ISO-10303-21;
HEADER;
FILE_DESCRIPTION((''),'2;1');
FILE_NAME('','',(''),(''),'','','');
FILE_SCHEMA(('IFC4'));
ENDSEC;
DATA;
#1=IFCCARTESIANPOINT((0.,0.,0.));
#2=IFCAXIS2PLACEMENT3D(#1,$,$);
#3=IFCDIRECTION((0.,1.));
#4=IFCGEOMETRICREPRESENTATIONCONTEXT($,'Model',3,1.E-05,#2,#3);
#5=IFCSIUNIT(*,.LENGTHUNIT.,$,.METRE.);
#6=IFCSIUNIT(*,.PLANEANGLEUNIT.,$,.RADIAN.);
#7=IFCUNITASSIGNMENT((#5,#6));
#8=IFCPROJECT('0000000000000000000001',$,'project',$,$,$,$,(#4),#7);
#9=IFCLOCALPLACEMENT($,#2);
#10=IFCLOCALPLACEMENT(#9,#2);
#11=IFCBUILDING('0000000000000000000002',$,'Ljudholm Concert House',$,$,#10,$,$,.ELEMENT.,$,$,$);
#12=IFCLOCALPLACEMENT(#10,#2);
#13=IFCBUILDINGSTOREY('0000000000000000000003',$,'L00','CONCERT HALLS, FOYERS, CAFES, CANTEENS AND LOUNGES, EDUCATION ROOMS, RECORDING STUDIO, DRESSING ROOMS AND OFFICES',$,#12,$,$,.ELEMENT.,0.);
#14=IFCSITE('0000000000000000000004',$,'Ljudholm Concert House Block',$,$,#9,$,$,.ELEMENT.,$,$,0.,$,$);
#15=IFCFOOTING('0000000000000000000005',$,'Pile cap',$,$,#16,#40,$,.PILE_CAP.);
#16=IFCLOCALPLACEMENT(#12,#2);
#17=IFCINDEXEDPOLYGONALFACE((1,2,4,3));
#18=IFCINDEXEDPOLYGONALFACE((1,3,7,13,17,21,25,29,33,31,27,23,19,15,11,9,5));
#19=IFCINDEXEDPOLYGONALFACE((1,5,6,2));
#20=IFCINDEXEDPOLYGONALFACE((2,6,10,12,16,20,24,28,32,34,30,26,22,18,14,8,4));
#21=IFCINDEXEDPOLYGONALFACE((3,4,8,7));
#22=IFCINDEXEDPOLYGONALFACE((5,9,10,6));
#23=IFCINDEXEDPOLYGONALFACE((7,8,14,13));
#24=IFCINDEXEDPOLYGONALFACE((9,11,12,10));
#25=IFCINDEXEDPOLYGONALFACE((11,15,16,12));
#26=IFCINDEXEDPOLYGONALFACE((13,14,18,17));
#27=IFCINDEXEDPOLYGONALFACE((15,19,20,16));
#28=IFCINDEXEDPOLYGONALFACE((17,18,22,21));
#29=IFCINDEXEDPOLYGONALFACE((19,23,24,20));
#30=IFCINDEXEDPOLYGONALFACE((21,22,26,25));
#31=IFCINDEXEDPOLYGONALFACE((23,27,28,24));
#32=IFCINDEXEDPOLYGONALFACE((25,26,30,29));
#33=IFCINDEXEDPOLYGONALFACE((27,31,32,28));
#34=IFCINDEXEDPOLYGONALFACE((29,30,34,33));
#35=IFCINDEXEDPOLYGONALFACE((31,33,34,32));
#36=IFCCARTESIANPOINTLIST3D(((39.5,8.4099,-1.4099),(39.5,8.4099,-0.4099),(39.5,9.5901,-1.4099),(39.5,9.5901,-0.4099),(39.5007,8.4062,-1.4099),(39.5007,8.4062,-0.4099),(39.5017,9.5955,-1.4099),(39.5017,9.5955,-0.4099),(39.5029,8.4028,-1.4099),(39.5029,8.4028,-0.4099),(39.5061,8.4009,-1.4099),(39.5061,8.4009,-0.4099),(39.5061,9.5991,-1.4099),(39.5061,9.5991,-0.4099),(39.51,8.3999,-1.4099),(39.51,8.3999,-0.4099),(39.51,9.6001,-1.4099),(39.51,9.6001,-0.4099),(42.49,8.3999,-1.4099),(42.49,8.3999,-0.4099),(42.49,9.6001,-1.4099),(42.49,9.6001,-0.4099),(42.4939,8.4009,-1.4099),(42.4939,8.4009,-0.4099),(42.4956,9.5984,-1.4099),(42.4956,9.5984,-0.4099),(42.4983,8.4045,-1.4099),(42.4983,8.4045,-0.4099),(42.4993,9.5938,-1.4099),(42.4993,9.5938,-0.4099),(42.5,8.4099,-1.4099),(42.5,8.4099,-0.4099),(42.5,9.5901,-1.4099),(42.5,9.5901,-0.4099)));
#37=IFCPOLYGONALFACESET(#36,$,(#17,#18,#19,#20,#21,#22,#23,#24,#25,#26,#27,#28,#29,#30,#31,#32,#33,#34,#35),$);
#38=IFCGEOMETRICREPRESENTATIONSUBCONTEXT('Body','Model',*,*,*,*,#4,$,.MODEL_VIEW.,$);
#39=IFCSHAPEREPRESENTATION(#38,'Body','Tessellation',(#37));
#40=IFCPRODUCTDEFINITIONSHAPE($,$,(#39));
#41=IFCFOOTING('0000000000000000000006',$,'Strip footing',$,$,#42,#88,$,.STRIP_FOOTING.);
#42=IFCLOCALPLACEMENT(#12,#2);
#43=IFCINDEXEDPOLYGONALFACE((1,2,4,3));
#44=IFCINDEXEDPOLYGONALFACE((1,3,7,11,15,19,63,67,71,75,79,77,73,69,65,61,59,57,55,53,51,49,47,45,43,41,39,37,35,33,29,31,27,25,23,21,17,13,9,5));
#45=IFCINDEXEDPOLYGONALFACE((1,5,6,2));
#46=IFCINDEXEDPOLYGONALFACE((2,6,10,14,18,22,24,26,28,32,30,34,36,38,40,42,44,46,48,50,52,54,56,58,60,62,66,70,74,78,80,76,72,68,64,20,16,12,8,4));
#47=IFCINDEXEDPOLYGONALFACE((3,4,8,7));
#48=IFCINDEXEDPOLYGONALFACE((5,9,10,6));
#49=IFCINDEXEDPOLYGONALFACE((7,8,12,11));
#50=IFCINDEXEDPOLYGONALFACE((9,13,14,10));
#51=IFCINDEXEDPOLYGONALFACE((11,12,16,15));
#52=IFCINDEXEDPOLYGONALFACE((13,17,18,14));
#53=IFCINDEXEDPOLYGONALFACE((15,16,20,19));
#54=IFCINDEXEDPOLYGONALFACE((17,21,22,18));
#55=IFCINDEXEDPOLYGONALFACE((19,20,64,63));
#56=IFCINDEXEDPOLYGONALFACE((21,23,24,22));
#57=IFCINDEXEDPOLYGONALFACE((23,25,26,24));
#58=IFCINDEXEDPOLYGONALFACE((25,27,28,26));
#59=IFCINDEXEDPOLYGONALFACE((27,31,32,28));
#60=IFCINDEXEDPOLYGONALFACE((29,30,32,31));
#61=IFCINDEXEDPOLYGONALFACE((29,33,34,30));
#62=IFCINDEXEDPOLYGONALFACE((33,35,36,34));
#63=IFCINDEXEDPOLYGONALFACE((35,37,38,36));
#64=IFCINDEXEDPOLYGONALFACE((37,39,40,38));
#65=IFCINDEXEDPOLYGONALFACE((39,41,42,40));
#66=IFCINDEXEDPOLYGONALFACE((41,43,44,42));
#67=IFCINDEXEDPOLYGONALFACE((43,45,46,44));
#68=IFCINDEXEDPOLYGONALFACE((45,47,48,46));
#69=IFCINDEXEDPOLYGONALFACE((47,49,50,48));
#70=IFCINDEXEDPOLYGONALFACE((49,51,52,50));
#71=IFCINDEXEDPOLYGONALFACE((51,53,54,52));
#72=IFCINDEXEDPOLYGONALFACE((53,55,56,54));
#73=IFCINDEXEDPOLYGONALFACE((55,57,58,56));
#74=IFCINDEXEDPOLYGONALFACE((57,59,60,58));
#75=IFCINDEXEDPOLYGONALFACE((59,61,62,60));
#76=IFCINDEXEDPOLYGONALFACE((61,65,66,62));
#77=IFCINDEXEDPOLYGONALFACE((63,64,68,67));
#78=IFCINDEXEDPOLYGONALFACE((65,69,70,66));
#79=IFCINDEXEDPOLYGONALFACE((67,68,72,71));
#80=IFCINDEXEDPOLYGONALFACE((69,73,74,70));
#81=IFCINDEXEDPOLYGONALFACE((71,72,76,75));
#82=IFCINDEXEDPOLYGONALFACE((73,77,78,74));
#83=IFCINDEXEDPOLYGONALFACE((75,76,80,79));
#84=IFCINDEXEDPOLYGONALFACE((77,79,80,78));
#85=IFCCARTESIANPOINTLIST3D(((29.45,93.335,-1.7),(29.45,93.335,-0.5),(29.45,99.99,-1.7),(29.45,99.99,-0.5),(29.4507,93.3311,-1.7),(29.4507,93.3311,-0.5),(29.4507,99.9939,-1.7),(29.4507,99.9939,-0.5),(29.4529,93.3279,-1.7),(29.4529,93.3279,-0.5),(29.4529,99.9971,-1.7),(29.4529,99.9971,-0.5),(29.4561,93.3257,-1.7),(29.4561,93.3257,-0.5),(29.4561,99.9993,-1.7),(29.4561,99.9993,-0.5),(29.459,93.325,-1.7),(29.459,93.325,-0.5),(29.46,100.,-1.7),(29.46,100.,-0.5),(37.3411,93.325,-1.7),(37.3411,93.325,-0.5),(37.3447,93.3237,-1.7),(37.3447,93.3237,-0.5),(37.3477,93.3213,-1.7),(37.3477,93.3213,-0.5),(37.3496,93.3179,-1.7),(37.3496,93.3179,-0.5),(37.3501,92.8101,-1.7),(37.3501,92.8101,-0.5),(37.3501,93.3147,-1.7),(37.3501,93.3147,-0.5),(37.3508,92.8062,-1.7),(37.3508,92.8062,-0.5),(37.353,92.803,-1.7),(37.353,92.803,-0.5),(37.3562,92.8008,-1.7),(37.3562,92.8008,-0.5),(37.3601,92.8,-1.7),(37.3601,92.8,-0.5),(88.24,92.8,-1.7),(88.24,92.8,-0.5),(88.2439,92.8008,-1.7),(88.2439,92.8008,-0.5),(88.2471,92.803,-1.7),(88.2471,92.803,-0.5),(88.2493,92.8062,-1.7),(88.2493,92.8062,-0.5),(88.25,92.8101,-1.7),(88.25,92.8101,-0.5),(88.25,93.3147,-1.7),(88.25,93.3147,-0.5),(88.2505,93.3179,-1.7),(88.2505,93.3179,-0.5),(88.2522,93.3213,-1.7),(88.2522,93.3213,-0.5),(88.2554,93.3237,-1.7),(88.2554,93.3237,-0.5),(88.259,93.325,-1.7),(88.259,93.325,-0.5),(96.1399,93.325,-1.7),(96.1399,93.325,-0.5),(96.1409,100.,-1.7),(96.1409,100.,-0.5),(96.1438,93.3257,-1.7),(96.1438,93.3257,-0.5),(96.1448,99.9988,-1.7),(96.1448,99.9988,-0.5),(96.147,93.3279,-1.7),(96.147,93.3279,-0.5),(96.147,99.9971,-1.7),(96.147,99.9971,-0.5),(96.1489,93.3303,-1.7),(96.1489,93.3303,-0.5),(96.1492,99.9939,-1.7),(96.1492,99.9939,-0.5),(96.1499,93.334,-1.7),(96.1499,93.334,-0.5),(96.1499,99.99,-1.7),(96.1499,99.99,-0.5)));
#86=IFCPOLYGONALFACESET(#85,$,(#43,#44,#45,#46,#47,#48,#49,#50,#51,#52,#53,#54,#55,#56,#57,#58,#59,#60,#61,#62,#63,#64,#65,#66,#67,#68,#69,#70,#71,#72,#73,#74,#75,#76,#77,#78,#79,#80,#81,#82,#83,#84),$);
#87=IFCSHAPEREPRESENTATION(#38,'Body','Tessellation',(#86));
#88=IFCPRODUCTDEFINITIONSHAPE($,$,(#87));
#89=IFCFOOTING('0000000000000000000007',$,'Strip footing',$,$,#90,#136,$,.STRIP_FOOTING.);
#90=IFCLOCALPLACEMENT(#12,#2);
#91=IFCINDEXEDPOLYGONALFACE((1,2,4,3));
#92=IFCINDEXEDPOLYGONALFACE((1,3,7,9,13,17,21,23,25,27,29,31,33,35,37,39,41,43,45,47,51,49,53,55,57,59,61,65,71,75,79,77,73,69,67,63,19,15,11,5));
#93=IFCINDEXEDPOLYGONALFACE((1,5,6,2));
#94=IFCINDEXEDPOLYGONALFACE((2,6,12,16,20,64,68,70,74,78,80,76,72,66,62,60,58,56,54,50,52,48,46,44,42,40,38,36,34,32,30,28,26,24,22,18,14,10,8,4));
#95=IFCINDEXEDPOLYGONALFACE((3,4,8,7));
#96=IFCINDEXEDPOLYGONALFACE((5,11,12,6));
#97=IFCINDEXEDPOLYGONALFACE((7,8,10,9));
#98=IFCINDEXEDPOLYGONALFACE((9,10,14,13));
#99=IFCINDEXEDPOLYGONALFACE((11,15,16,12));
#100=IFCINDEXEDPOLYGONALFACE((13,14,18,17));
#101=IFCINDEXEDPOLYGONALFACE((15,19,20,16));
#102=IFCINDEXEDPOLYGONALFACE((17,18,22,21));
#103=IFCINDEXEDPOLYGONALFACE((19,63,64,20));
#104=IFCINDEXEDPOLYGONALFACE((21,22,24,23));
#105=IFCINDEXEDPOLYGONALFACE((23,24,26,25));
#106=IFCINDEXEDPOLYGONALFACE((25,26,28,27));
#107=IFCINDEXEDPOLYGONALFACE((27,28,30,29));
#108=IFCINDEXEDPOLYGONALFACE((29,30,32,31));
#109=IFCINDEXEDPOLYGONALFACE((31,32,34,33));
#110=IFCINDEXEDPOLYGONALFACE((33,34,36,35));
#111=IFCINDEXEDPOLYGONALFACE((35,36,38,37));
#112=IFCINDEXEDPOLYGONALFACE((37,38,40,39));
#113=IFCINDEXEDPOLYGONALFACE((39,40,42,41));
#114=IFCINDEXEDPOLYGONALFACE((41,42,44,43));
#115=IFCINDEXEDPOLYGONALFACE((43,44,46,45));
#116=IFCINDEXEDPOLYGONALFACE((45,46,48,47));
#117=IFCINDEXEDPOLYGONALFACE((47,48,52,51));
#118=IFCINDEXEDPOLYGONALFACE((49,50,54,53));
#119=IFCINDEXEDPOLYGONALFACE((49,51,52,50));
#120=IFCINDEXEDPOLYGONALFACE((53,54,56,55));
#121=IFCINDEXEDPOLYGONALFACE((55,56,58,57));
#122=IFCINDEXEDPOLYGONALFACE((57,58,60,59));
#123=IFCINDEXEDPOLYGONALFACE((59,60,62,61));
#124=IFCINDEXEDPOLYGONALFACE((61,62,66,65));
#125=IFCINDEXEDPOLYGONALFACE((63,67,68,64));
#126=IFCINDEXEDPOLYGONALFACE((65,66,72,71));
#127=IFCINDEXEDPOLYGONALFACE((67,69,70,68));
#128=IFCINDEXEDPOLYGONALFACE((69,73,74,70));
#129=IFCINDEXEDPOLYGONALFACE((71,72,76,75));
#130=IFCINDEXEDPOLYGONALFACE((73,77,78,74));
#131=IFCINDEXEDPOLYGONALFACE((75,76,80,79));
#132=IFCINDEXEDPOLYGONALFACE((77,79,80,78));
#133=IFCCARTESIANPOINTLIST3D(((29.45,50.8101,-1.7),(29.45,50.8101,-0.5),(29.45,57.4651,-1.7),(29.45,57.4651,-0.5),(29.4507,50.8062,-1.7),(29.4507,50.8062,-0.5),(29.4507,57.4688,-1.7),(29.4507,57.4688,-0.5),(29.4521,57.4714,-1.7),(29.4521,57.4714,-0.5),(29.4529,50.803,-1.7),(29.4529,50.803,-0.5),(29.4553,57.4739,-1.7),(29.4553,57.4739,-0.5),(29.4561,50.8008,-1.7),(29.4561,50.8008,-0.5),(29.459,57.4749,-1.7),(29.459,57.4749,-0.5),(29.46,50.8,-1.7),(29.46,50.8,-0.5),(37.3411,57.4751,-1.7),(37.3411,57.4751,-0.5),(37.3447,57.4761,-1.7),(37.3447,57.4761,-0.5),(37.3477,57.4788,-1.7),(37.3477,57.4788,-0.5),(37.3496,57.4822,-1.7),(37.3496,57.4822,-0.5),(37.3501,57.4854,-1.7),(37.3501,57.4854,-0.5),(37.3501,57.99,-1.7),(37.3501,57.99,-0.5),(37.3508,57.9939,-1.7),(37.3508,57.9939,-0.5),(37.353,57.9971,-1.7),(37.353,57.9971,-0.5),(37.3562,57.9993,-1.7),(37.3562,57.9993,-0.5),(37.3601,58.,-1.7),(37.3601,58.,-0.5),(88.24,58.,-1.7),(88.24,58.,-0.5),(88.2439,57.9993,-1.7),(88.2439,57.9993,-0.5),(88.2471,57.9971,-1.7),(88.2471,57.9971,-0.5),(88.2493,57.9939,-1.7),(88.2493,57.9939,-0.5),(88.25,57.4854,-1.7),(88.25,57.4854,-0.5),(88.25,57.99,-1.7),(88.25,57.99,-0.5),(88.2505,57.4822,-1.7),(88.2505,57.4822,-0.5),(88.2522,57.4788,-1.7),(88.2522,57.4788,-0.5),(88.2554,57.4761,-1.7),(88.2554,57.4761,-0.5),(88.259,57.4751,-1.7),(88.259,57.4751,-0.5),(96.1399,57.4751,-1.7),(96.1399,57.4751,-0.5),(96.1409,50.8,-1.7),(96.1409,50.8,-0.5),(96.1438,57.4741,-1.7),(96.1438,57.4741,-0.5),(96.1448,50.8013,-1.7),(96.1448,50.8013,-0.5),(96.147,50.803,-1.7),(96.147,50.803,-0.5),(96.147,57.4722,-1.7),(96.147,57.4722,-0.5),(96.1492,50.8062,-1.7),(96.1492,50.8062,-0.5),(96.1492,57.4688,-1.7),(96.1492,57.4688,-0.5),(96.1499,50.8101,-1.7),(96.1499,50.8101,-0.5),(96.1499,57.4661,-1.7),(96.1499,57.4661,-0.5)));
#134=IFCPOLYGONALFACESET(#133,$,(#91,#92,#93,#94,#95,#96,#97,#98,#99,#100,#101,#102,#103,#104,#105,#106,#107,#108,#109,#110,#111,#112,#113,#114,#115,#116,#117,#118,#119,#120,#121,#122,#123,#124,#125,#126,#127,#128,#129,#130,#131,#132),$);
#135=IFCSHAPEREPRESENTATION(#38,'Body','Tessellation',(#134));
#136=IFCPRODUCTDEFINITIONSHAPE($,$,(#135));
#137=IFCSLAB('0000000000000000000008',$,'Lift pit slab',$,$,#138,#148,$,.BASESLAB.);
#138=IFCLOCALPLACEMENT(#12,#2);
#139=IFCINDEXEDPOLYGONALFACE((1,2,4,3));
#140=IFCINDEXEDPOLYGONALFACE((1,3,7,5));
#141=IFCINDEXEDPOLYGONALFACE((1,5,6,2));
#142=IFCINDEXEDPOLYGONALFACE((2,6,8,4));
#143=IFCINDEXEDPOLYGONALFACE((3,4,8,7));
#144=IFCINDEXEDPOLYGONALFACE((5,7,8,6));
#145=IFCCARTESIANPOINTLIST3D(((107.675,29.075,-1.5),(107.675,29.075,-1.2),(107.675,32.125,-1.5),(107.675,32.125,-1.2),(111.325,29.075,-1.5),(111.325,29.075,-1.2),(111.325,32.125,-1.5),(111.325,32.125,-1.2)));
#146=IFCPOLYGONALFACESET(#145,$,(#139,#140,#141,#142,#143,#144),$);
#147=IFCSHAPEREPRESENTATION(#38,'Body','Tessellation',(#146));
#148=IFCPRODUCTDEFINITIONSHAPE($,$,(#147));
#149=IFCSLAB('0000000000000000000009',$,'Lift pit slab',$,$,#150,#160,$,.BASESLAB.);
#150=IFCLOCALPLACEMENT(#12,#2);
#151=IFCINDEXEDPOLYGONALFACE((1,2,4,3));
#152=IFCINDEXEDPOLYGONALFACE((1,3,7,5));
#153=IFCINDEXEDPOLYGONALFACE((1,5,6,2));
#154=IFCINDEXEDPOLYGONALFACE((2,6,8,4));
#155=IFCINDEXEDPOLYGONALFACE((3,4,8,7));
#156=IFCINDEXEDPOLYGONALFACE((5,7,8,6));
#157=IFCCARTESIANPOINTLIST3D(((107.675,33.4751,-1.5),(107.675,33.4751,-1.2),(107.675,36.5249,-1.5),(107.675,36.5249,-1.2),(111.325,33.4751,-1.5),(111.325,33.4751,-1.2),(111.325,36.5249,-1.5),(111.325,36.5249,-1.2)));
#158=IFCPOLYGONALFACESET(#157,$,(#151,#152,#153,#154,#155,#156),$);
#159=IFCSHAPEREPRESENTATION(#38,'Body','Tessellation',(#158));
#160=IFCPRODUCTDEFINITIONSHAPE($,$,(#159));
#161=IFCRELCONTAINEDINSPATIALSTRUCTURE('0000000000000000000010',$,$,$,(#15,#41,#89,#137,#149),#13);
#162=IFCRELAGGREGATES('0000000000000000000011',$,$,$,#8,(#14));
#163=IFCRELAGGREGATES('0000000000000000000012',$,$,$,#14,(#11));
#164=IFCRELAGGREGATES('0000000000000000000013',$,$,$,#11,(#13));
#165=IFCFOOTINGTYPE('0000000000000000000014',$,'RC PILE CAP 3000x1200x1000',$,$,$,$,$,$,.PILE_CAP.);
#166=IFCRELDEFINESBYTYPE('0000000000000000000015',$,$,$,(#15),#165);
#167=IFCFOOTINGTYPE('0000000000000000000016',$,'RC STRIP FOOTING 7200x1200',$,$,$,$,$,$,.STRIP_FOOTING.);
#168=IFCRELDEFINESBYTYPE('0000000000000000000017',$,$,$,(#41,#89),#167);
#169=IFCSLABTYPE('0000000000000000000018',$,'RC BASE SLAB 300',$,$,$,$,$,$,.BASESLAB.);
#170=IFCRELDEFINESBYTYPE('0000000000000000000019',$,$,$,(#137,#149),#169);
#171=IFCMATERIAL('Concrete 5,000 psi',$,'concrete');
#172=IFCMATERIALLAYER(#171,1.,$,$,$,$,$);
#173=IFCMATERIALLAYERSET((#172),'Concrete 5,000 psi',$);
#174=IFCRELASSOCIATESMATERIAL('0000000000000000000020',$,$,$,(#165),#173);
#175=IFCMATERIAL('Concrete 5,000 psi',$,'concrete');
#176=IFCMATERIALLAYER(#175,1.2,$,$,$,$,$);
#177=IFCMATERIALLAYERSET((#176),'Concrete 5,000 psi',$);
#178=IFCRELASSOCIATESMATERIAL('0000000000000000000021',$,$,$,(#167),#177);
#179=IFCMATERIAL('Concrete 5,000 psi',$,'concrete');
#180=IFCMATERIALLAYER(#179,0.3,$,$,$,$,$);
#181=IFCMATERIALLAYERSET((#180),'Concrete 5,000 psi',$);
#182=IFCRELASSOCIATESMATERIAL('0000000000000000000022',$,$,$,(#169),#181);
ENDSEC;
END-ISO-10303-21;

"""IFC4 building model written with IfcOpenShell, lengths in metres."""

from ifc_helpers import new_model, si_unit, direction, frame, origin, place, context, subcontext, project, spatial, polyline, outline, extrude, material, layer, layer_set, type_object, element, save


model = new_model("IFC4")

# Units and contexts
model_context = context("Model", 3, precision=1e-05, world=origin(), true_north=direction((0.0, 1.0)))
body_context = subcontext(model_context, "Body", "Model", "MODEL_VIEW")
ifc_project = project(units=[si_unit("LENGTHUNIT", "METRE"), si_unit("PLANEANGLEUNIT", "RADIAN")], contexts=[model_context])

# Site, building, storey
site_placement = place(None, origin())
site = spatial("IfcSite", under=ifc_project, at=site_placement, Name="Ljudholm Concert House Block", CompositionType="ELEMENT", RefElevation=0.0)
building_placement = place(site_placement, origin())
building = spatial("IfcBuilding", under=site, at=building_placement, Name="Ljudholm Concert House", CompositionType="ELEMENT")
storey_placement = place(building_placement, origin())
storey = spatial("IfcBuildingStorey", under=building, at=storey_placement, Name="L00", Description="CONCERT HALLS, FOYERS, CAFES, CANTEENS AND LOUNGES, EDUCATION ROOMS, RECORDING STUDIO, DRESSING ROOMS AND OFFICES", CompositionType="ELEMENT", Elevation=0.0)

# Footings
ifc_material_1 = material(Name="Concrete 5,000 psi", Category="concrete")
ifc_layer_1 = layer(ifc_material_1, 1.0)
ifc_layer_set_1 = layer_set([ifc_layer_1], Name="Concrete 5,000 psi")
footing_type_1 = type_object("IfcFootingType", Name="RC PILE CAP 3000x1200x1000", PredefinedType="PILE_CAP", material=ifc_layer_set_1)
footing_1_placement = place(storey_placement, frame((0.0, 0.0, -1.4099)))
element("IfcFooting", 1, at=footing_1_placement, inside=storey, type_object=footing_type_1, Name="Pile cap", PredefinedType="PILE_CAP", context=body_context, shape_type="SweptSolid", body=[
    extrude(outline(polyline([(39.51, 8.3999), (42.49, 8.3999), (42.4939, 8.4009), (42.4983, 8.4045), (42.5, 8.4099), (42.5, 9.5901), (42.4993, 9.5938), (42.4956, 9.5984), (42.49, 9.6001), (39.51, 9.6001), (39.5061, 9.5991), (39.5017, 9.5955), (39.5, 9.5901), (39.5, 8.4099), (39.5007, 8.4062), (39.5029, 8.4028), (39.5061, 8.4009), (39.51, 8.3999)])), origin(), (0.0, 0.0, 1.0), 1.0),
])
ifc_material_2 = material(Name="Concrete 5,000 psi", Category="concrete")
ifc_layer_2 = layer(ifc_material_2, 1.2)
ifc_layer_set_2 = layer_set([ifc_layer_2], Name="Concrete 5,000 psi")
footing_type_2 = type_object("IfcFootingType", Name="RC STRIP FOOTING 7200x1200", PredefinedType="STRIP_FOOTING", material=ifc_layer_set_2)
footing_2_placement = place(storey_placement, frame((0.0, 0.0, -1.7)))
element("IfcFooting", 2, at=footing_2_placement, inside=storey, type_object=footing_type_2, Name="Strip footing", PredefinedType="STRIP_FOOTING", context=body_context, shape_type="SweptSolid", body=[
    extrude(outline(polyline([(29.45, 99.99), (29.45, 93.335), (29.4507, 93.3311), (29.4529, 93.3279), (29.4561, 93.3257), (29.459, 93.325), (37.3411, 93.325), (37.3447, 93.3237), (37.3477, 93.3213), (37.3496, 93.3179), (37.3501, 93.3147), (37.3501, 92.8101), (37.3508, 92.8062), (37.353, 92.803), (37.3562, 92.8008), (37.3601, 92.8), (88.24, 92.8), (88.2439, 92.8008), (88.2471, 92.803), (88.2493, 92.8062), (88.25, 92.8101), (88.25, 93.3147), (88.2505, 93.3179), (88.2522, 93.3213), (88.2554, 93.3237), (88.259, 93.325), (96.1399, 93.325), (96.1438, 93.3257), (96.147, 93.3279), (96.1489, 93.3303), (96.1499, 93.334), (96.1499, 99.99), (96.1492, 99.9939), (96.147, 99.9971), (96.1448, 99.9988), (96.1409, 100.0), (29.46, 100.0), (29.4561, 99.9993), (29.4529, 99.9971), (29.4507, 99.9939), (29.45, 99.99)])), origin(), (0.0, 0.0, 1.0), 1.2),
])
footing_3_placement = place(storey_placement, frame((0.0, 0.0, -1.7)))
element("IfcFooting", 3, at=footing_3_placement, inside=storey, type_object=footing_type_2, Name="Strip footing", PredefinedType="STRIP_FOOTING", context=body_context, shape_type="SweptSolid", body=[
    extrude(outline(polyline([(29.46, 50.8), (96.1409, 50.8), (96.1448, 50.8013), (96.147, 50.803), (96.1492, 50.8062), (96.1499, 50.8101), (96.1499, 57.4661), (96.1492, 57.4688), (96.147, 57.4722), (96.1438, 57.4741), (96.1399, 57.4751), (88.259, 57.4751), (88.2554, 57.4761), (88.2522, 57.4788), (88.2505, 57.4822), (88.25, 57.4854), (88.25, 57.99), (88.2493, 57.9939), (88.2471, 57.9971), (88.2439, 57.9993), (88.24, 58.0), (37.3601, 58.0), (37.3562, 57.9993), (37.353, 57.9971), (37.3508, 57.9939), (37.3501, 57.99), (37.3501, 57.4854), (37.3496, 57.4822), (37.3477, 57.4788), (37.3447, 57.4761), (37.3411, 57.4751), (29.459, 57.4749), (29.4553, 57.4739), (29.4521, 57.4714), (29.4507, 57.4688), (29.45, 57.4651), (29.45, 50.8101), (29.4507, 50.8062), (29.4529, 50.803), (29.4561, 50.8008), (29.46, 50.8)])), origin(), (0.0, 0.0, 1.0), 1.2),
])

# Slabs
ifc_material_3 = material(Name="Concrete 5,000 psi", Category="concrete")
ifc_layer_3 = layer(ifc_material_3, 0.3)
ifc_layer_set_3 = layer_set([ifc_layer_3], Name="Concrete 5,000 psi")
slab_type = type_object("IfcSlabType", Name="RC BASE SLAB 300", PredefinedType="BASESLAB", material=ifc_layer_set_3)
slab_1_placement = place(storey_placement, frame((0.0, 0.0, -1.5)))
element("IfcSlab", 4, at=slab_1_placement, inside=storey, type_object=slab_type, Name="Lift pit slab", PredefinedType="BASESLAB", context=body_context, shape_type="SweptSolid", body=[
    extrude(outline(polyline([(107.675, 29.075), (111.325, 29.075), (111.325, 32.125), (107.675, 32.125), (107.675, 29.075)])), origin(), (0.0, 0.0, 1.0), 0.3),
])
slab_2_placement = place(storey_placement, frame((0.0, 0.0, -1.5)))
element("IfcSlab", 5, at=slab_2_placement, inside=storey, type_object=slab_type, Name="Lift pit slab", PredefinedType="BASESLAB", context=body_context, shape_type="SweptSolid", body=[
    extrude(outline(polyline([(107.675, 33.4751), (111.325, 33.4751), (111.325, 36.5249), (107.675, 36.5249), (107.675, 33.4751)])), origin(), (0.0, 0.0, 1.0), 0.3),
])

save(model, "model.ifc")
